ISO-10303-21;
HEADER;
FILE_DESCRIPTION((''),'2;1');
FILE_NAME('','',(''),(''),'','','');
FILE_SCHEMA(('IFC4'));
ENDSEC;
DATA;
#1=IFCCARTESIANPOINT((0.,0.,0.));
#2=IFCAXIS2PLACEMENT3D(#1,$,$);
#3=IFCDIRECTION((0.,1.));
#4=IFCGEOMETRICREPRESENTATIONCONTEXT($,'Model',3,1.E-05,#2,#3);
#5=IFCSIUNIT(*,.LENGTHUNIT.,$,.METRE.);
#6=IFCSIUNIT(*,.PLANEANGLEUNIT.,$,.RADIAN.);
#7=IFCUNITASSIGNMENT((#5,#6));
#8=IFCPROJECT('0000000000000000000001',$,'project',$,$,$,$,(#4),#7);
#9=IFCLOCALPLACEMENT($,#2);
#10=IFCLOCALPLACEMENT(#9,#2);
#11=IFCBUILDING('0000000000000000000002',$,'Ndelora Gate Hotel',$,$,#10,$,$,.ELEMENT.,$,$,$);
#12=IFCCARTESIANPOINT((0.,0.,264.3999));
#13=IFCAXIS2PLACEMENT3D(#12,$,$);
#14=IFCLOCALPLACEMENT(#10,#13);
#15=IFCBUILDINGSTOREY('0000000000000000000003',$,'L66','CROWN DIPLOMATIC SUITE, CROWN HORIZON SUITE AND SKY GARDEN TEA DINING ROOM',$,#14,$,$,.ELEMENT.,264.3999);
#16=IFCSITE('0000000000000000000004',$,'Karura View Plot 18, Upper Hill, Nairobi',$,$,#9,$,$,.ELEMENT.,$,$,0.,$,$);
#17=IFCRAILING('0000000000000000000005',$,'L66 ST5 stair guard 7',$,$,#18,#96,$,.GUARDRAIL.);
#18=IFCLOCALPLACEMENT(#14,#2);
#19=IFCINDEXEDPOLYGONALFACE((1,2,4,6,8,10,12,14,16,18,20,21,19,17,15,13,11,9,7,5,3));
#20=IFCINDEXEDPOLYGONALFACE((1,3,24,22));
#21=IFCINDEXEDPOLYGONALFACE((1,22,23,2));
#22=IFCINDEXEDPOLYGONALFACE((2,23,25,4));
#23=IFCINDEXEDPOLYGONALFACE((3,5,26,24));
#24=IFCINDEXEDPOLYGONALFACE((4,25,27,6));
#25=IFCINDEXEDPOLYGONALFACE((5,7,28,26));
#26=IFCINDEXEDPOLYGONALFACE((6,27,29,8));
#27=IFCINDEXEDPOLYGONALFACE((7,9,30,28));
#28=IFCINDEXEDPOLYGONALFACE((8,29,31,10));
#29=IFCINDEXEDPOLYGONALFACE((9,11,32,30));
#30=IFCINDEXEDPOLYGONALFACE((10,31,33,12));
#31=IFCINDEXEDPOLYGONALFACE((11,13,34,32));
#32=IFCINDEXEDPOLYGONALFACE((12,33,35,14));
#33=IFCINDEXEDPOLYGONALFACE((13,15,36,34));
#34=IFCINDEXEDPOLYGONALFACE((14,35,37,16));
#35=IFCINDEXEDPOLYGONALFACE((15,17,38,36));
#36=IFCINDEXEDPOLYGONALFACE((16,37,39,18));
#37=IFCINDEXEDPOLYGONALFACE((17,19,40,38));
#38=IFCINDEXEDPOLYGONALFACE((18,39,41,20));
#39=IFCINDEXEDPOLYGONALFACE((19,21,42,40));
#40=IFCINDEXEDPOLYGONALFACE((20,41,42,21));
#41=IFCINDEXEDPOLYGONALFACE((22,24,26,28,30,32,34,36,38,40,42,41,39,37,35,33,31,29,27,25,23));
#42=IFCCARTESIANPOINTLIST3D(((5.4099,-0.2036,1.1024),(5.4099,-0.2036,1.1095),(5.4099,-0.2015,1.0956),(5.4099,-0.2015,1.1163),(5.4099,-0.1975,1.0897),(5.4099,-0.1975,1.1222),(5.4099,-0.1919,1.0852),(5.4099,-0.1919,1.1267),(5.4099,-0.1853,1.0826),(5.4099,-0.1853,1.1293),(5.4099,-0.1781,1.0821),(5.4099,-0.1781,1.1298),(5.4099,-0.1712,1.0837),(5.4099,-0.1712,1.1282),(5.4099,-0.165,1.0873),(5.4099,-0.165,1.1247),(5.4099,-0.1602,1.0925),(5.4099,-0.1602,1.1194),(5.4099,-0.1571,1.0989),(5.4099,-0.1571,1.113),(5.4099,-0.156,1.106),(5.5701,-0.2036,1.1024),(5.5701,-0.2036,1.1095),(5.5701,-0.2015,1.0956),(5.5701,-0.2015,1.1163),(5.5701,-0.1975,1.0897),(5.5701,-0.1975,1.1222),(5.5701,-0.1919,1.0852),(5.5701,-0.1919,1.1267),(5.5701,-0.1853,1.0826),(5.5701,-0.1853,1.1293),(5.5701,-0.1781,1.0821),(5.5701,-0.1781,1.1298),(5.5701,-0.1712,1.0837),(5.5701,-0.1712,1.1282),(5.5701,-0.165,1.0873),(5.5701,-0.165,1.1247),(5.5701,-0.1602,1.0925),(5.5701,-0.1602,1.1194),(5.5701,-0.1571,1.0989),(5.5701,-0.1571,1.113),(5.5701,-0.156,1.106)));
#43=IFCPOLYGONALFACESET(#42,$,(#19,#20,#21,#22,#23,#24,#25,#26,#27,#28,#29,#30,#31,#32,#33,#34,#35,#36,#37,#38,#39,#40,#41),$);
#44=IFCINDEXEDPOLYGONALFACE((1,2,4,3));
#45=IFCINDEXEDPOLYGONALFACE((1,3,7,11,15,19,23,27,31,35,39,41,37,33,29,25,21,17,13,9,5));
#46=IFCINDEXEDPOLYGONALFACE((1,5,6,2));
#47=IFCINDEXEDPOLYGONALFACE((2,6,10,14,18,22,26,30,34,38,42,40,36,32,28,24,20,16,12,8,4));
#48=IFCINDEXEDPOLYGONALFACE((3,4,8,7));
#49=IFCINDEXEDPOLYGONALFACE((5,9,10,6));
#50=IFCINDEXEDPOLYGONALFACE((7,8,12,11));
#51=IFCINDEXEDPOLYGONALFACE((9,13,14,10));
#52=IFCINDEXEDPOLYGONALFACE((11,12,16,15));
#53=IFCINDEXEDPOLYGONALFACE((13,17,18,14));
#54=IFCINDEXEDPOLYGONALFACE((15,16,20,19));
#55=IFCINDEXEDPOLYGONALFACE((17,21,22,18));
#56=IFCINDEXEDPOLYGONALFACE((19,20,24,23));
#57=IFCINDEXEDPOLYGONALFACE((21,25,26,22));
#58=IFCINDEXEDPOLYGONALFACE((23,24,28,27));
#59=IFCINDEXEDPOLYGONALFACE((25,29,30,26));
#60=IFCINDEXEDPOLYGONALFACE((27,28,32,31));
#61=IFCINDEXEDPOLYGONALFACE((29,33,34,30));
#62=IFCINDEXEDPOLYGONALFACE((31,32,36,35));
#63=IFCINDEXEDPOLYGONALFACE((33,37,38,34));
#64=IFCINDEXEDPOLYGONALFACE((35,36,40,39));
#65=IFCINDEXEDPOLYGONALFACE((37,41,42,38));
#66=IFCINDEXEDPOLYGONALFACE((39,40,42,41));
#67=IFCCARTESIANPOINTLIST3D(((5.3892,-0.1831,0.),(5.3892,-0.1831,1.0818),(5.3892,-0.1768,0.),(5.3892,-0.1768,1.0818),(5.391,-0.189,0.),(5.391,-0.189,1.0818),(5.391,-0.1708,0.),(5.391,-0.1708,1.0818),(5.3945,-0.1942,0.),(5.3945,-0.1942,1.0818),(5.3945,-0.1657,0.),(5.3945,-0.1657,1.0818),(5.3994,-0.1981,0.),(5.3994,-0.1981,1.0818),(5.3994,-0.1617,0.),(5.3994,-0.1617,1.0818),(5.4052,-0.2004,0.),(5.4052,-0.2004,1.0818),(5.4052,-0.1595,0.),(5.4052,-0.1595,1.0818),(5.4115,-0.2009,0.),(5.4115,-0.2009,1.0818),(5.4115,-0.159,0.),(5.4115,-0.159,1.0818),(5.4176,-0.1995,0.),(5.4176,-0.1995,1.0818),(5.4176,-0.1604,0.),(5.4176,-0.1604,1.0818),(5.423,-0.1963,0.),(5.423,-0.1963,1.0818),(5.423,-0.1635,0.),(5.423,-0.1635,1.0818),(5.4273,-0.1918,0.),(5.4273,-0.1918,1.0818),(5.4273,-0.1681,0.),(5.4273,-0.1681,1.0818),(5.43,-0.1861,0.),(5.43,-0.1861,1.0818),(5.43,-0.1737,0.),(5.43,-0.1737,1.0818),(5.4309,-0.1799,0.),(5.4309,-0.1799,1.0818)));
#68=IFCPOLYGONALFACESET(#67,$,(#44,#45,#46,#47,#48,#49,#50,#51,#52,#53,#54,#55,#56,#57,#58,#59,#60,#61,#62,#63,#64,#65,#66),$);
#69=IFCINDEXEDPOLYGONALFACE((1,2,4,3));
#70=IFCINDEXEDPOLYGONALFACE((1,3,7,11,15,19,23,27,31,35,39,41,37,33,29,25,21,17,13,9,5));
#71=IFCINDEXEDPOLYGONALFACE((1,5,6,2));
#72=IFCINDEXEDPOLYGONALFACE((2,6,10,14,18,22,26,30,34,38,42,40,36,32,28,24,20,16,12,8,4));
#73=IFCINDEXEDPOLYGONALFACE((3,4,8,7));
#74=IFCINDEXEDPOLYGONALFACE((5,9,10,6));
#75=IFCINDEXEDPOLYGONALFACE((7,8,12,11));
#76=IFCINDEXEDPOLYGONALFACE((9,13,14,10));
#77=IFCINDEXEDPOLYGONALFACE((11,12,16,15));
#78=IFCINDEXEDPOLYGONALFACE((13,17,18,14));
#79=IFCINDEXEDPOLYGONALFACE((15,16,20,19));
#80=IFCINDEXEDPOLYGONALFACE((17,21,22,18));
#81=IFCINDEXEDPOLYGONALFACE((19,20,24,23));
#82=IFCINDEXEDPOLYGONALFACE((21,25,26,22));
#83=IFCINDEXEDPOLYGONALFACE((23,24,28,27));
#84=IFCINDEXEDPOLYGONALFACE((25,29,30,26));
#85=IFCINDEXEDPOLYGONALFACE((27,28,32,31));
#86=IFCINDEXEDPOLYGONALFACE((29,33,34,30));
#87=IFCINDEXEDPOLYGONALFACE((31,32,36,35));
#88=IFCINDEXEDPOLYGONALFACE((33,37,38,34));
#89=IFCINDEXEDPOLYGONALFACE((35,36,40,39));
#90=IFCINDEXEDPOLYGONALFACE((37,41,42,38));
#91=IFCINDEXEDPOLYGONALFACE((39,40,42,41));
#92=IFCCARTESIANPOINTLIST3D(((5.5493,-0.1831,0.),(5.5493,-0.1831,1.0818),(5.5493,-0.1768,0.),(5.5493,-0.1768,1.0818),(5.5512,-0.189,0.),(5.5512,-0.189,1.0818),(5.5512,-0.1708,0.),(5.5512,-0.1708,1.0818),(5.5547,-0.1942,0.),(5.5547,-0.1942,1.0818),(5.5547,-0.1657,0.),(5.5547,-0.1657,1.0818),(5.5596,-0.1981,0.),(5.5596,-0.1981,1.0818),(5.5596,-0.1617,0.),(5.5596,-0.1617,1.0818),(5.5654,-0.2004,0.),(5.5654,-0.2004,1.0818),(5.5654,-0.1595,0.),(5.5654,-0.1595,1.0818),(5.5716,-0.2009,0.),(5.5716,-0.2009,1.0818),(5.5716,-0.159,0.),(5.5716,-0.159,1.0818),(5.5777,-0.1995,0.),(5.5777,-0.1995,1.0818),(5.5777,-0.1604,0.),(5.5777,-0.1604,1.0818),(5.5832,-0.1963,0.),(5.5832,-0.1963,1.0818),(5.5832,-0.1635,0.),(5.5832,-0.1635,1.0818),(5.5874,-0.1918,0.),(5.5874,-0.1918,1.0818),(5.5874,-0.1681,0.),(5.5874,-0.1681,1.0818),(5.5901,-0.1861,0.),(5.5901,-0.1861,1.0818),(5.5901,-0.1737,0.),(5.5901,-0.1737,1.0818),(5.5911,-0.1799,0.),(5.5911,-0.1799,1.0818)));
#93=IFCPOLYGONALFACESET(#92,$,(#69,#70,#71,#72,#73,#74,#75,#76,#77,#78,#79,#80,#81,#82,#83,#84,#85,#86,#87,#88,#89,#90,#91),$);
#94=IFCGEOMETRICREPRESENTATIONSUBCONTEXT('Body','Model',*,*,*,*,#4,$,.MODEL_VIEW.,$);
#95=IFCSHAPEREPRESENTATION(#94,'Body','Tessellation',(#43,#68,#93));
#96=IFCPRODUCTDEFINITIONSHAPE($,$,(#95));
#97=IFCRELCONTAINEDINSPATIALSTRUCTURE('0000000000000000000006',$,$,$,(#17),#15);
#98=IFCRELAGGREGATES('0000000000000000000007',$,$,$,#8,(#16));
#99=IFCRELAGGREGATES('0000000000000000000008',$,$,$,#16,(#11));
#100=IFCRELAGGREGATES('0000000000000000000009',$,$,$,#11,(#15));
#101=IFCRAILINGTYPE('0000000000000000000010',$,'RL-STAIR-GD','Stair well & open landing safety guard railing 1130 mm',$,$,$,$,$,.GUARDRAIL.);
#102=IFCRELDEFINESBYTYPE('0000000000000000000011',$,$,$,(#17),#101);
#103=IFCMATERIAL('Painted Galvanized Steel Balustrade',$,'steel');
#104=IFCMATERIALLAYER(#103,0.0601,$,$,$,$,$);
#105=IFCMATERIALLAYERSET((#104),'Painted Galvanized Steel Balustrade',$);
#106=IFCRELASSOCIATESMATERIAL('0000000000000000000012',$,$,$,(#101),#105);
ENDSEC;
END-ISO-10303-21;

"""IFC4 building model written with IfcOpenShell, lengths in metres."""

from ifc_helpers import new_model, si_unit, direction, frame, origin, origin_2d, place, context, subcontext, project, spatial, circle, extrude, material, layer, layer_set, type_object, element, save


model = new_model("IFC4")

# Units and contexts
model_context = context("Model", 3, precision=1e-05, world=origin(), true_north=direction((0.0, 1.0)))
body_context = subcontext(model_context, "Body", "Model", "MODEL_VIEW")
ifc_project = project(units=[si_unit("LENGTHUNIT", "METRE"), si_unit("PLANEANGLEUNIT", "RADIAN")], contexts=[model_context])

# Site, building, storey
site_placement = place(None, origin())
site = spatial("IfcSite", under=ifc_project, at=site_placement, Name="Karura View Plot 18, Upper Hill, Nairobi", CompositionType="ELEMENT", RefElevation=0.0)
building_placement = place(site_placement, origin())
building = spatial("IfcBuilding", under=site, at=building_placement, Name="Ndelora Gate Hotel", CompositionType="ELEMENT")
storey_placement = place(building_placement, frame((0.0, 0.0, 264.3999)))
storey = spatial("IfcBuildingStorey", under=building, at=storey_placement, Name="L66", Description="CROWN DIPLOMATIC SUITE, CROWN HORIZON SUITE AND SKY GARDEN TEA DINING ROOM", CompositionType="ELEMENT", Elevation=264.3999)

# Railing
ifc_material_1 = material(Name="Painted Galvanized Steel Balustrade", Category="steel")
ifc_layer_1 = layer(ifc_material_1, 0.0601)
ifc_layer_set_1 = layer_set([ifc_layer_1], Name="Painted Galvanized Steel Balustrade")
railing_type_1 = type_object("IfcRailingType", Name="RL-STAIR-GD", Description="Stair well & open landing safety guard railing 1130 mm", PredefinedType="GUARDRAIL", material=ifc_layer_set_1)
railing_1_placement = place(storey_placement, frame((5.4099, -0.1799, 0.0)))
element("IfcRailing", 1, at=railing_1_placement, inside=storey, type_object=railing_type_1, Name="L66 ST5 stair guard 7", PredefinedType="GUARDRAIL", context=body_context, shape_type="SweptSolid", body=[
    extrude(circle(Radius=0.0239, at=origin_2d()), frame((0.0, 0.0, 1.106), z_axis=(1.0, 0.0, 0.0), x_axis=(0.0, 1.0, 0.0)), (0.0, 0.0, 1.0), 0.1602),
    extrude(circle(Radius=0.021, at=origin_2d()), origin(), (0.0, 0.0, 1.0), 1.0818),
    extrude(circle(Radius=0.021, at=origin_2d()), frame((0.1602, 0.0, 0.0)), (0.0, 0.0, 1.0), 1.0818),
])

save(model, "model.ifc")
